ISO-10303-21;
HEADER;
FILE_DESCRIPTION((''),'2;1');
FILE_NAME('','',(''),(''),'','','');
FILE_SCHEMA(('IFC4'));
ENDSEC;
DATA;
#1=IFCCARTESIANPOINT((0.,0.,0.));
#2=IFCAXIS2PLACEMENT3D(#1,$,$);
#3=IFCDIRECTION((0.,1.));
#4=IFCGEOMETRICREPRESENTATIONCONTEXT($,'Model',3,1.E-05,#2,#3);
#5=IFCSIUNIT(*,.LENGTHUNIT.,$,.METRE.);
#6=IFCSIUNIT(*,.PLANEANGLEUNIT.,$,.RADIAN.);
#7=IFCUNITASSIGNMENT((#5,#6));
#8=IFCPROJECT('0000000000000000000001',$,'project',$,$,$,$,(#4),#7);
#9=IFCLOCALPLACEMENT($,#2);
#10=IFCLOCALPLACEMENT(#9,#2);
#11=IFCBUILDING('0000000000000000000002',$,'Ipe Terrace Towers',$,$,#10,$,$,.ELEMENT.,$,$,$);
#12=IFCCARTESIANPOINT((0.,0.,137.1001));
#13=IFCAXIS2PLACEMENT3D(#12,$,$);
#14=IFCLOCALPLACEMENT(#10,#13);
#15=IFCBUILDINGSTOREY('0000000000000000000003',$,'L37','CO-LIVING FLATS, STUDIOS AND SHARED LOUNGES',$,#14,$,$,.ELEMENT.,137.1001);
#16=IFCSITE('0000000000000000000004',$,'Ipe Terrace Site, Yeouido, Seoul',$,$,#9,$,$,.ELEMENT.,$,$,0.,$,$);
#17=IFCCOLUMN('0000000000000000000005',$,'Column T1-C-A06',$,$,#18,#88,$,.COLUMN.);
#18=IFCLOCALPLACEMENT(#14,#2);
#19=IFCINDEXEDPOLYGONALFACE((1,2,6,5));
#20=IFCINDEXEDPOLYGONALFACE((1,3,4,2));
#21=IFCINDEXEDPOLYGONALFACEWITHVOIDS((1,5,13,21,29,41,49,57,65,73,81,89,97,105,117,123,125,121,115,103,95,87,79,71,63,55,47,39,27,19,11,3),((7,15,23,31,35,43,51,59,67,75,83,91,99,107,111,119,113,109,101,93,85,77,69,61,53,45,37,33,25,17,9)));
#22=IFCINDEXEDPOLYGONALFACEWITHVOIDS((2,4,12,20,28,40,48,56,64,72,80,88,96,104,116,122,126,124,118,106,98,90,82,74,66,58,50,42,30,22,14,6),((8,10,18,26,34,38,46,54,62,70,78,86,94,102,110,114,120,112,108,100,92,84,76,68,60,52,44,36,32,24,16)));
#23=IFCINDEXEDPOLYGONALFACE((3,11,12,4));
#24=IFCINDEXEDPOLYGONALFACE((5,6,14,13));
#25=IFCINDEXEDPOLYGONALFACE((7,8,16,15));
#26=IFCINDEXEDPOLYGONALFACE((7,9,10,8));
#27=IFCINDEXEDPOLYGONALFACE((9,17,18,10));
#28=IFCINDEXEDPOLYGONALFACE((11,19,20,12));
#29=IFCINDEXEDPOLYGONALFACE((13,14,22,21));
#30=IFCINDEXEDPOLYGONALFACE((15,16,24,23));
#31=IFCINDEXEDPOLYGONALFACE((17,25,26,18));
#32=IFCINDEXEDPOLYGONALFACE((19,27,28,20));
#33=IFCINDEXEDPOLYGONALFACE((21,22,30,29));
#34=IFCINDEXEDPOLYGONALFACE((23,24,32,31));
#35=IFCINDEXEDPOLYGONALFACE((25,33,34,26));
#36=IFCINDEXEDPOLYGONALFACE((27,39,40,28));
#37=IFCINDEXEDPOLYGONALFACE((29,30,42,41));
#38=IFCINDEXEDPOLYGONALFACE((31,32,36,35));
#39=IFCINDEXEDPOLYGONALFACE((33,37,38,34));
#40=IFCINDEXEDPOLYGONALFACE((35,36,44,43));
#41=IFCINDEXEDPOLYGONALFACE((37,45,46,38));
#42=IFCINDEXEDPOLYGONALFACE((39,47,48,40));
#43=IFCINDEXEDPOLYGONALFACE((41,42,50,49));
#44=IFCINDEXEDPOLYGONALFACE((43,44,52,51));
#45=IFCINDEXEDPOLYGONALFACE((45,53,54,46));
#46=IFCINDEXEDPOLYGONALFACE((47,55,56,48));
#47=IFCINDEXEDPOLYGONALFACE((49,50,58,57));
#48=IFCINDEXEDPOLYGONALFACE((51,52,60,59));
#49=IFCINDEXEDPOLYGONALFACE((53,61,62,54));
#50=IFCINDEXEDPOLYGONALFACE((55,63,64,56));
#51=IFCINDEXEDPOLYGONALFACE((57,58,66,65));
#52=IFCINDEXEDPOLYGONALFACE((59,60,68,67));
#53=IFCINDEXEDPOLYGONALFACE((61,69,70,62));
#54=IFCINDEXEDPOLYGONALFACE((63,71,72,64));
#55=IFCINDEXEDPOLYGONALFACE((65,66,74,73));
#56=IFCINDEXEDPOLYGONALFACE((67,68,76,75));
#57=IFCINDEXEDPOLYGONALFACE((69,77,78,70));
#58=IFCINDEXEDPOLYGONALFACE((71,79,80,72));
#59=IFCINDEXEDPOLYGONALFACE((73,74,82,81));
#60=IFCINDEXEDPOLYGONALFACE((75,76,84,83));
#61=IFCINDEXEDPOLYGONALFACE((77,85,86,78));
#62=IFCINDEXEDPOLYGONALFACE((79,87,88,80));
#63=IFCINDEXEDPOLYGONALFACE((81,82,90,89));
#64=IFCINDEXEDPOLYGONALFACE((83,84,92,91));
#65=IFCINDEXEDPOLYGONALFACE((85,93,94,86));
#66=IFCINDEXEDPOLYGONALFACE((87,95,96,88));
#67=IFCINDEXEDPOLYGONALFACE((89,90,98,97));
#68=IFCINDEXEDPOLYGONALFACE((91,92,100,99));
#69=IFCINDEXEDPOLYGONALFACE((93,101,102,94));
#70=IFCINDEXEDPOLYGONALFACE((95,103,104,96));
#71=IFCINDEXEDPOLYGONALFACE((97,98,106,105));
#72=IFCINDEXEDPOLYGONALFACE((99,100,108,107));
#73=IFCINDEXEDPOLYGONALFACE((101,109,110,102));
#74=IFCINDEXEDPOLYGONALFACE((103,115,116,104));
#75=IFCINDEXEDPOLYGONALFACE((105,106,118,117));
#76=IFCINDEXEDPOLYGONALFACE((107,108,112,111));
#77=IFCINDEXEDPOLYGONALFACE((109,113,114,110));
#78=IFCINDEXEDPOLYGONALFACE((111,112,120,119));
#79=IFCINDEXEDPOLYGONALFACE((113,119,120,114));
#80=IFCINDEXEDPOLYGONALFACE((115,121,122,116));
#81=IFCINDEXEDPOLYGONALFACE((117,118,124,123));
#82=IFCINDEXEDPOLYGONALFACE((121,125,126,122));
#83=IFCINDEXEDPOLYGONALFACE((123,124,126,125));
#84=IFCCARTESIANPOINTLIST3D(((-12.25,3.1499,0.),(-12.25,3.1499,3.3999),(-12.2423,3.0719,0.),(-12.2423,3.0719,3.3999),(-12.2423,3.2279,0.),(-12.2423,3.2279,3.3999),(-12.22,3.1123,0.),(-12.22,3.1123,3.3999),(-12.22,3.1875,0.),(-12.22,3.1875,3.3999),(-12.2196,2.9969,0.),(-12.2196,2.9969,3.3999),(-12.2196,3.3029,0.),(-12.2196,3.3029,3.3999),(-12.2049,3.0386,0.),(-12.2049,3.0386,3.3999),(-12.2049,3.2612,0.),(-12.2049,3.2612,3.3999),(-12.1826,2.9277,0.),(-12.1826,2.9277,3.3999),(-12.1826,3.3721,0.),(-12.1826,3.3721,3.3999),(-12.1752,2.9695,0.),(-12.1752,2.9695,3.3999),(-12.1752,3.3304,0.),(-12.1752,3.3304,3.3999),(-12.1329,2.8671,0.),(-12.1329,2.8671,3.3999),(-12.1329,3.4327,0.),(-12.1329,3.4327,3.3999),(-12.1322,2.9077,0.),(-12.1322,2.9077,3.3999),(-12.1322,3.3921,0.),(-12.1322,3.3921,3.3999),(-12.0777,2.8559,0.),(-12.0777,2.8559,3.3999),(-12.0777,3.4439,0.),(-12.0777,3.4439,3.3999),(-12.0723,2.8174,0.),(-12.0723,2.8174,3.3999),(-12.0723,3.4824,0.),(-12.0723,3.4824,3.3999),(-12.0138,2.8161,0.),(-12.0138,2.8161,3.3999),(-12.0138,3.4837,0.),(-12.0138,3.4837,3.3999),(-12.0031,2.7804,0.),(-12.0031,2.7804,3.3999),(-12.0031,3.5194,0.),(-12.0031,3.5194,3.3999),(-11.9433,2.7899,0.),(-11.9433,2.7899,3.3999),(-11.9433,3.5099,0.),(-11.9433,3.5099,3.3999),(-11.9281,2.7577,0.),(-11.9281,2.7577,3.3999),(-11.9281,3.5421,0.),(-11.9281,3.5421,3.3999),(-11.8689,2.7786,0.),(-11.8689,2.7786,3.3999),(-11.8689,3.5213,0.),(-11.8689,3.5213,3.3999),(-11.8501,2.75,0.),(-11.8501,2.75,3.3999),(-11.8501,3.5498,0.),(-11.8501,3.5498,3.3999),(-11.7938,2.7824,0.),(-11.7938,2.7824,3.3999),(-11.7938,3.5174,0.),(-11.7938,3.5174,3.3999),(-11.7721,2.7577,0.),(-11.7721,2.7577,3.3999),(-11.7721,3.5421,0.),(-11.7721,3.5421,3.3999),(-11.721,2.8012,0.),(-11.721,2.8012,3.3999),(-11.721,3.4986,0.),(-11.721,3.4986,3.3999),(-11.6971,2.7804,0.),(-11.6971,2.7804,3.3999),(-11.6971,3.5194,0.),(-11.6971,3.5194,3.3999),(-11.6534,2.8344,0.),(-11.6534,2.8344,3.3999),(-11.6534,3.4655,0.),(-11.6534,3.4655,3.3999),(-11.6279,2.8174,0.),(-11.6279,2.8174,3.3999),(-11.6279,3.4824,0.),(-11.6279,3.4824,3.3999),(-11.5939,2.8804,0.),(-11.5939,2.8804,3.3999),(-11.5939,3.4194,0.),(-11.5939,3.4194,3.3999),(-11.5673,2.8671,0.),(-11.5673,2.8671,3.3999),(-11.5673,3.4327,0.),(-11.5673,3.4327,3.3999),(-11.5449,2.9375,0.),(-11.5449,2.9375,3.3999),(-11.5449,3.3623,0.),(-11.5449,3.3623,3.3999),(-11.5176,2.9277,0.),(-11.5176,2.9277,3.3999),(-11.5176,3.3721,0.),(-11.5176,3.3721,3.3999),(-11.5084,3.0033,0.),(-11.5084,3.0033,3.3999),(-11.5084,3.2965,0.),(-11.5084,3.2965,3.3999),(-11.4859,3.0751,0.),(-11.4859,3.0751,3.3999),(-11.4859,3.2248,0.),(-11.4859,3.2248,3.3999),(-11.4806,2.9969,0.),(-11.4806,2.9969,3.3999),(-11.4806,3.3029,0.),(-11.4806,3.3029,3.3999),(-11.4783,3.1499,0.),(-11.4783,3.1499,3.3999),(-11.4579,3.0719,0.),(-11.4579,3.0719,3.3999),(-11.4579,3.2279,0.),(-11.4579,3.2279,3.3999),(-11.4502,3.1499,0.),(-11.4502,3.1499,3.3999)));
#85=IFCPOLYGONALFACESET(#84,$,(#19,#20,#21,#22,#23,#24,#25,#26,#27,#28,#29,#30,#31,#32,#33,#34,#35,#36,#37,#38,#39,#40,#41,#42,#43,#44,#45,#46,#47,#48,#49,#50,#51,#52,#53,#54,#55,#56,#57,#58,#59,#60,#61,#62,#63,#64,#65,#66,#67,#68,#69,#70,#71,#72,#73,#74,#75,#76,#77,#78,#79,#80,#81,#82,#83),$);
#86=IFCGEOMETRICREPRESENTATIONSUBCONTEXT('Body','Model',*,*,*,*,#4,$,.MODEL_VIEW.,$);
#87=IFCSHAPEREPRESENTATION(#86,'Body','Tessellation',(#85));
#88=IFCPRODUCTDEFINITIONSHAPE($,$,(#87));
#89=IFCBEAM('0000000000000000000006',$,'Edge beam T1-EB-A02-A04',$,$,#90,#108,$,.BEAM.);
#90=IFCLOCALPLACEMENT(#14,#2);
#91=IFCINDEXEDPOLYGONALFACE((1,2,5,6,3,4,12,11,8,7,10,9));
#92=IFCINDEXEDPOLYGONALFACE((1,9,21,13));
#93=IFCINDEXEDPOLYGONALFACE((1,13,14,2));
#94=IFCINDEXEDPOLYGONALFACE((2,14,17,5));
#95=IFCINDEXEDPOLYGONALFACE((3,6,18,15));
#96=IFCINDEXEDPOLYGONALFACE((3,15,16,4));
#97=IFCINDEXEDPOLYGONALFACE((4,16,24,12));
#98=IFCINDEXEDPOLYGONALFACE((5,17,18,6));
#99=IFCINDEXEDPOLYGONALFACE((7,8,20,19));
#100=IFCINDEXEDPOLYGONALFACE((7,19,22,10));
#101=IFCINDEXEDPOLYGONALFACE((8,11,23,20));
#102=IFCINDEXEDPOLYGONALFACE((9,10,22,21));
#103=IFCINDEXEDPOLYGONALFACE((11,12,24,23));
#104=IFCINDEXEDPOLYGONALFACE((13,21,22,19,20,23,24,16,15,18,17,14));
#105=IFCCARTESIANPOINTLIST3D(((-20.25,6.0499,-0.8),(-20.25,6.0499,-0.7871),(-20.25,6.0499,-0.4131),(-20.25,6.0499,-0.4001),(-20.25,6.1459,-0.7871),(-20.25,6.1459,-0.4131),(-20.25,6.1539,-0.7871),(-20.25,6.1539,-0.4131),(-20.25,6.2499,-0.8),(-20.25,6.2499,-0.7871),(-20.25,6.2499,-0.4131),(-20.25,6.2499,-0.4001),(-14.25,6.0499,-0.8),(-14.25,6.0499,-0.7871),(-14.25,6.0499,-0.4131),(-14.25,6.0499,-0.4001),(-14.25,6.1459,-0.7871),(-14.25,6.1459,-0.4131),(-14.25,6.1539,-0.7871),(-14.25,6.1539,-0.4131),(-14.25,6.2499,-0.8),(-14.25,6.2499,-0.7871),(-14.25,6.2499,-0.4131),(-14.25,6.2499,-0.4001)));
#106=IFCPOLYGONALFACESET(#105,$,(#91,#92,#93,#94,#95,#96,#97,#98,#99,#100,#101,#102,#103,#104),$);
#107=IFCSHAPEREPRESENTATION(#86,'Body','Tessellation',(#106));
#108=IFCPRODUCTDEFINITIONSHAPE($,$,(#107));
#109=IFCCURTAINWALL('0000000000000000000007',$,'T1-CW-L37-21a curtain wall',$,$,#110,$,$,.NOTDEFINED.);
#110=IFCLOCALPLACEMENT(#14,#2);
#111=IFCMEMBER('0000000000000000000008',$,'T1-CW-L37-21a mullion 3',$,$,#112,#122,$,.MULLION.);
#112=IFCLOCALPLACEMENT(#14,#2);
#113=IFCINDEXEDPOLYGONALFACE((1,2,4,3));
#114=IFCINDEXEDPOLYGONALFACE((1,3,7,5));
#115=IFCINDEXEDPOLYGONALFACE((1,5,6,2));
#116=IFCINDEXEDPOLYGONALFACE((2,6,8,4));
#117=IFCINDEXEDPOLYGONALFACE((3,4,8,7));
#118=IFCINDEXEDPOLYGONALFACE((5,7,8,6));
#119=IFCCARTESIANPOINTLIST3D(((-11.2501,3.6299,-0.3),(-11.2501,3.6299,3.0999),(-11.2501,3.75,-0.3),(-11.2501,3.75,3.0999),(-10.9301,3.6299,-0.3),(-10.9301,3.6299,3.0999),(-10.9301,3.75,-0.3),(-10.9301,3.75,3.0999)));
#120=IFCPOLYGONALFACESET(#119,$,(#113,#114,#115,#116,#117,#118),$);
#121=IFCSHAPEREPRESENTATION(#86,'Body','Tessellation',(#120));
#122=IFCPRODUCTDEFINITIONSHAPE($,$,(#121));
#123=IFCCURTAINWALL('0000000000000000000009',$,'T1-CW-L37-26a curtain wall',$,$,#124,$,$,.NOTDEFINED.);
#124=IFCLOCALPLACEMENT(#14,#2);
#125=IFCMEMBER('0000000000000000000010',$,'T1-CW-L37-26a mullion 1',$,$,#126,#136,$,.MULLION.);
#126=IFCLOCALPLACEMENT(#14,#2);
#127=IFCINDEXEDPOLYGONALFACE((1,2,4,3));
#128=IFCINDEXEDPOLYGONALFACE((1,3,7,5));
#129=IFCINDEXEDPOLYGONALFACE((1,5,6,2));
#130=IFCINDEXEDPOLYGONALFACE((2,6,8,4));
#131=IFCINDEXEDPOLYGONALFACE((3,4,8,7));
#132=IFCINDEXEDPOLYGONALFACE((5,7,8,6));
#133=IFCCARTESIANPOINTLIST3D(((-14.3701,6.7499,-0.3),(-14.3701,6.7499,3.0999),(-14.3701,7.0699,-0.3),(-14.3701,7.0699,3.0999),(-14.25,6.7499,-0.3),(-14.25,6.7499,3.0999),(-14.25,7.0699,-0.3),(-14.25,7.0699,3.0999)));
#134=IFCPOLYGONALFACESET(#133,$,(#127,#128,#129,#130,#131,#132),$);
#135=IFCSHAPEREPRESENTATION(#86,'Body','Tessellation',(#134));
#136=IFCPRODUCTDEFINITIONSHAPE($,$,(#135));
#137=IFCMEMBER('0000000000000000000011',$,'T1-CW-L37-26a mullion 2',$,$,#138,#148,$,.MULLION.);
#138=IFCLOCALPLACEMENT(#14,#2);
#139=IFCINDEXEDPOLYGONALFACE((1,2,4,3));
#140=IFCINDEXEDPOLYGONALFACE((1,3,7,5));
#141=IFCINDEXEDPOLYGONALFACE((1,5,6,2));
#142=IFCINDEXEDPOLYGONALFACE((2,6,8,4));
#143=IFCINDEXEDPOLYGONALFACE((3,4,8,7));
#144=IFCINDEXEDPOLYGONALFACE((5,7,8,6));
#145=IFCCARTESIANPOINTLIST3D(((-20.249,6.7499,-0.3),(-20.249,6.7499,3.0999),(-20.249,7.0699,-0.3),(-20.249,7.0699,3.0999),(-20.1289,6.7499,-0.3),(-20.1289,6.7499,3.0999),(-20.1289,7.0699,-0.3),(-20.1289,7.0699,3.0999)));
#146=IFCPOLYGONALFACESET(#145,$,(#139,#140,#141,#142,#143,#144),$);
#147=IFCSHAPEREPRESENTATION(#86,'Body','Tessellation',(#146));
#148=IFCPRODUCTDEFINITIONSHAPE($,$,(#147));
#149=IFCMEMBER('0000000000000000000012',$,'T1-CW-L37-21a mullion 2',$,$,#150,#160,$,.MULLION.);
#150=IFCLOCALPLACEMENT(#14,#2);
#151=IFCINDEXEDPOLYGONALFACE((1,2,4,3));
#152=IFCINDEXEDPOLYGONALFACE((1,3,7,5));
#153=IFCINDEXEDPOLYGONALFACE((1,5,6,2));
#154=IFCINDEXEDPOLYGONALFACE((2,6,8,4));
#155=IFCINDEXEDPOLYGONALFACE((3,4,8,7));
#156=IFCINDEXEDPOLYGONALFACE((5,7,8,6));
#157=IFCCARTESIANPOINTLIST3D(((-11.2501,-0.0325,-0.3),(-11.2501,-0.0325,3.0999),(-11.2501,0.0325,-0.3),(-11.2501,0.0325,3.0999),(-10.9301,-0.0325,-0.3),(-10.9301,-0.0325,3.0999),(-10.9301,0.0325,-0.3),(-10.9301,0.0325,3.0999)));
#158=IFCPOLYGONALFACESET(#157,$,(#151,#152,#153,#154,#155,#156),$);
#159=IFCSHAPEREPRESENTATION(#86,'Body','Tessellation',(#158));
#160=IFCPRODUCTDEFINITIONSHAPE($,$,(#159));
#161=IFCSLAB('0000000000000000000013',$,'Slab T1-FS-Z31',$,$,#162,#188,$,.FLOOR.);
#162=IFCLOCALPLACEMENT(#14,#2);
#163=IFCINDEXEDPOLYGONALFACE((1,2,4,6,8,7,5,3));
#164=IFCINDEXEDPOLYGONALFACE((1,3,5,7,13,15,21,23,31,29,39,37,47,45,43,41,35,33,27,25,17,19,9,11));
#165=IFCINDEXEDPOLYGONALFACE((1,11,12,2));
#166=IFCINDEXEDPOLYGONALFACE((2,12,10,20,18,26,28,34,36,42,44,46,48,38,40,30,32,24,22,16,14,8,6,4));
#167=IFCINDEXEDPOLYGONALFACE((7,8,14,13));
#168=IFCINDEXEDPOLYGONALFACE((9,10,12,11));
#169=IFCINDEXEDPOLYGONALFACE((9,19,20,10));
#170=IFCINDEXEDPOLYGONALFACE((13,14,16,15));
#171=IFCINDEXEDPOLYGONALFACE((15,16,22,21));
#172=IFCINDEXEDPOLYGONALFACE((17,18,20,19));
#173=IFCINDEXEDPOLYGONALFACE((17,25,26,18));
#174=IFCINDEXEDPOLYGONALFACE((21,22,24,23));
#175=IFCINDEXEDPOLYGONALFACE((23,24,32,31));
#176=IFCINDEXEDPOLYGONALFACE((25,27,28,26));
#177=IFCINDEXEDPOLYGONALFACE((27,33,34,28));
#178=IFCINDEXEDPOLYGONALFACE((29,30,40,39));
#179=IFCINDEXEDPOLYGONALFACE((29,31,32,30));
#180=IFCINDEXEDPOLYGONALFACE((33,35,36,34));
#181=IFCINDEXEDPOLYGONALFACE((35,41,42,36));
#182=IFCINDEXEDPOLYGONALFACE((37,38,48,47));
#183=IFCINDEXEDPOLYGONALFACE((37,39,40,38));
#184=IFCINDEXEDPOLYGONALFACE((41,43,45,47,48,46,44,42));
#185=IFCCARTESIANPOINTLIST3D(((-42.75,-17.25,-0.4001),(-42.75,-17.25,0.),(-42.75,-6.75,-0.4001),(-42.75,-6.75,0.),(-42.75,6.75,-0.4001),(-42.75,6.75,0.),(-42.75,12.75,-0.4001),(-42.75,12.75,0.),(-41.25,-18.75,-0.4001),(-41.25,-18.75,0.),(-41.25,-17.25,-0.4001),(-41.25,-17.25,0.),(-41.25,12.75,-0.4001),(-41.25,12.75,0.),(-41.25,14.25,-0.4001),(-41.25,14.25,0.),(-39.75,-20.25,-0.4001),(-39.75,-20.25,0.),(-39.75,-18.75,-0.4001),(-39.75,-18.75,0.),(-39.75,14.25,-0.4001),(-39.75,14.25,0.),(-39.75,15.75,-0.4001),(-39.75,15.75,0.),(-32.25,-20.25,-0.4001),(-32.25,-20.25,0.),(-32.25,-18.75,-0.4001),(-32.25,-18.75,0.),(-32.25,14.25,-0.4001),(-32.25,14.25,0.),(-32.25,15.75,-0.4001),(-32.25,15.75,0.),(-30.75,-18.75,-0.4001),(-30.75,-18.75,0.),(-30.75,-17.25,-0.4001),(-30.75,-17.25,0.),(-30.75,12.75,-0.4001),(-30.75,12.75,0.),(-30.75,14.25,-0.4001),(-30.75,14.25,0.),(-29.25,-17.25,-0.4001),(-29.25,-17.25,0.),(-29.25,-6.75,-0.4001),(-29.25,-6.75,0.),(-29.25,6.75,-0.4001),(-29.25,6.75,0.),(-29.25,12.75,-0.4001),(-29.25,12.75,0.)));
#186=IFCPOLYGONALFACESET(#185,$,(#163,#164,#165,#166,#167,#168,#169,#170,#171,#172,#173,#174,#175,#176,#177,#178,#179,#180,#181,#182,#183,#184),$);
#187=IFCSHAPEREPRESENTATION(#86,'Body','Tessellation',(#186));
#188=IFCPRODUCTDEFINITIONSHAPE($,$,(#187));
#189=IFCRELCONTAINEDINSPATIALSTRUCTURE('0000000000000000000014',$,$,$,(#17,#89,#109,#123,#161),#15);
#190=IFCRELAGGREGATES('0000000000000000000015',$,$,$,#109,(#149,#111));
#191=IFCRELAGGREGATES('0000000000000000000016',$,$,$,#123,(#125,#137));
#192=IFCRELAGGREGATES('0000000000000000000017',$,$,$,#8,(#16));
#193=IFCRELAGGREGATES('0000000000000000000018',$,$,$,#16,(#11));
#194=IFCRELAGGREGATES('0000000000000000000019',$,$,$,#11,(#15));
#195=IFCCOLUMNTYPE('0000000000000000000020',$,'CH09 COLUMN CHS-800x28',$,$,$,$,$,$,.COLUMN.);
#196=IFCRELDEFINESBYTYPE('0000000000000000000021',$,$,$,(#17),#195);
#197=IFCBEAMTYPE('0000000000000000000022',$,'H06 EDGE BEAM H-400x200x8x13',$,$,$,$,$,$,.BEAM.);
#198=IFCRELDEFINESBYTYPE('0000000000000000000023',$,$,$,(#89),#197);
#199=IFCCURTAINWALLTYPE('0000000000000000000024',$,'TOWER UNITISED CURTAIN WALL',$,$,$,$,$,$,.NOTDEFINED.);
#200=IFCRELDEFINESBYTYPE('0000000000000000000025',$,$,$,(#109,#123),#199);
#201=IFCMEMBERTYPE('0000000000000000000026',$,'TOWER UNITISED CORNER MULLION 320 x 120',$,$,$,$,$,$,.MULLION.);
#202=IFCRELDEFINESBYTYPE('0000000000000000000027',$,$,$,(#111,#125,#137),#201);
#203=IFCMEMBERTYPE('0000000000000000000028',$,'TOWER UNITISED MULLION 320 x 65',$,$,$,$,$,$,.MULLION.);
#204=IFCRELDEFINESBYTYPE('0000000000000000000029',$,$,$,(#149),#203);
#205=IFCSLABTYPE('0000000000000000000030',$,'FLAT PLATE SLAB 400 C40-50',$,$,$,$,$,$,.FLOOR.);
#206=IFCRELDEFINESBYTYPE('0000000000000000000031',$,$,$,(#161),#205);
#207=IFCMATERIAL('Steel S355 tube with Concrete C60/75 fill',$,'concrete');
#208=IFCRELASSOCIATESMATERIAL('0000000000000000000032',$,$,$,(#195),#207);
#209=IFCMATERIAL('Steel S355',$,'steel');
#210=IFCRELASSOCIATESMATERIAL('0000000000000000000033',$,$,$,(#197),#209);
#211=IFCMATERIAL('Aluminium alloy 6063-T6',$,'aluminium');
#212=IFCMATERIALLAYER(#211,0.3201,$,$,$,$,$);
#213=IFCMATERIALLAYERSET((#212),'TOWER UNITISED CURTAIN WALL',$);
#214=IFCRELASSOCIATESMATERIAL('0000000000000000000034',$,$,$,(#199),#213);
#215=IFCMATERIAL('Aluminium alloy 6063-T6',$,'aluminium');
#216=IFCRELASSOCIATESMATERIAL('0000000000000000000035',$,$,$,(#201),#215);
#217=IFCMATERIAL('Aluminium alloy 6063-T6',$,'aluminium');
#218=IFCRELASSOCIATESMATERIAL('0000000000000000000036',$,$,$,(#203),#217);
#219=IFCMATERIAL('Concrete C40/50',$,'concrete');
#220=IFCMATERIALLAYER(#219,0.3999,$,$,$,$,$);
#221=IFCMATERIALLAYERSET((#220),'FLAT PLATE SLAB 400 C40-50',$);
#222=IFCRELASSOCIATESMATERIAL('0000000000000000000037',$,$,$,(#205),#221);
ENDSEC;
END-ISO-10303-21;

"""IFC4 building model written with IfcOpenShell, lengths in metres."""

from ifc_helpers import new_model, si_unit, direction, frame, origin, origin_2d, place, context, subcontext, project, spatial, polyline, rectangle, hollow_circle, i_section, outline, extrude, material, layer, layer_set, material_profile, profile_set, type_object, element, aggregate, save


model = new_model("IFC4")

# Units and contexts
model_context = context("Model", 3, precision=1e-05, world=origin(), true_north=direction((0.0, 1.0)))
body_context = subcontext(model_context, "Body", "Model", "MODEL_VIEW")
ifc_project = project(units=[si_unit("LENGTHUNIT", "METRE"), si_unit("PLANEANGLEUNIT", "RADIAN")], contexts=[model_context])

# Site, building, storey
site_placement = place(None, origin())
site = spatial("IfcSite", under=ifc_project, at=site_placement, Name="Ipe Terrace Site, Yeouido, Seoul", CompositionType="ELEMENT", RefElevation=0.0)
building_placement = place(site_placement, origin())
building = spatial("IfcBuilding", under=site, at=building_placement, Name="Ipe Terrace Towers", CompositionType="ELEMENT")
storey_placement = place(building_placement, frame((0.0, 0.0, 137.1001)))
storey = spatial("IfcBuildingStorey", under=building, at=storey_placement, Name="L37", Description="CO-LIVING FLATS, STUDIOS AND SHARED LOUNGES", CompositionType="ELEMENT", Elevation=137.1001)

# Column
ifc_material_1 = material(Name="Steel S355 tube with Concrete C60/75 fill", Category="concrete")
ifc_material_profile_1 = material_profile(ifc_material_1, hollow_circle(Radius=0.3999, WallThickness=0.0281, at=origin_2d()), Name="CHS-800x28")
ifc_profile_set_1 = profile_set([ifc_material_profile_1], Name="Steel S355 tube with Concrete C60/75 fill")
column_type = type_object("IfcColumnType", Name="CH09 COLUMN CHS-800x28", PredefinedType="COLUMN", material=ifc_profile_set_1)
for number, where, z_axis, x_axis, name in (
    (1, (-11.8501, 3.1499, 0.0), (0.0, 0.0, 1.0), (1.0, 0.0, 0.0), "Column T1-C-A06"),
):
    element("IfcColumn", number, at=place(storey_placement, frame(where, z_axis=z_axis, x_axis=x_axis)), inside=storey, type_object=column_type, Name=name, PredefinedType="COLUMN", context=body_context, shape_type="SweptSolid", body=[
        extrude(hollow_circle(Radius=0.3999, WallThickness=0.0281, at=origin_2d()), origin(), (0.0, 0.0, 1.0), 3.3999),
    ])

# Beam
ifc_material_2 = material(Name="Steel S355", Category="steel")
ifc_material_profile_2 = material_profile(ifc_material_2, i_section(OverallWidth=0.2, OverallDepth=0.3999, WebThickness=0.0081, FlangeThickness=0.0129, at=origin_2d()), Name="H-400x200x8x13")
ifc_profile_set_2 = profile_set([ifc_material_profile_2], Name="Steel S355")
beam_type = type_object("IfcBeamType", Name="H06 EDGE BEAM H-400x200x8x13", PredefinedType="BEAM", material=ifc_profile_set_2)
beam_placement = place(storey_placement, frame((-20.25, 6.1499, -0.6001), z_axis=(1.0, 0.0, 0.0), x_axis=(0.0, 1.0, 0.0)))
element("IfcBeam", 2, at=beam_placement, inside=storey, type_object=beam_type, Name="Edge beam T1-EB-A02-A04", PredefinedType="BEAM", context=body_context, shape_type="SweptSolid", body=[
    extrude(i_section(OverallWidth=0.2, OverallDepth=0.3999, WebThickness=0.0081, FlangeThickness=0.0129, at=origin_2d()), origin(), (0.0, 0.0, 1.0), 6.0),
])

# Curtain wall, member
ifc_material_3 = material(Name="Aluminium alloy 6063-T6", Category="aluminium")
ifc_layer_1 = layer(ifc_material_3, 0.3201)
ifc_layer_set_1 = layer_set([ifc_layer_1], Name="TOWER UNITISED CURTAIN WALL")
curtain_wall_type = type_object("IfcCurtainWallType", Name="TOWER UNITISED CURTAIN WALL", PredefinedType="NOTDEFINED", material=ifc_layer_set_1)
curtain_wall_1_placement = place(storey_placement, origin())
curtain_wall_1 = element("IfcCurtainWall", 3, at=curtain_wall_1_placement, inside=storey, type_object=curtain_wall_type, Name="T1-CW-L37-21a curtain wall", PredefinedType="NOTDEFINED")
ifc_material_4 = material(Name="Aluminium alloy 6063-T6", Category="aluminium")
ifc_material_profile_3 = material_profile(ifc_material_4, rectangle(XDim=0.3201, YDim=0.1201, at=origin_2d()), Name="TOWER UNITISED CORNER MULLION 320 x 120")
ifc_profile_set_3 = profile_set([ifc_material_profile_3], Name="Aluminium alloy 6063-T6")
member_type_1 = type_object("IfcMemberType", Name="TOWER UNITISED CORNER MULLION 320 x 120", PredefinedType="MULLION", material=ifc_profile_set_3)
member_1_placement = place(storey_placement, frame((-11.0901, 3.6899, -0.3), z_axis=(0.0, 0.0, 1.0), x_axis=(1.0, 0.0, 0.0)))
member_1 = element("IfcMember", 4, at=member_1_placement, type_object=member_type_1, Name="T1-CW-L37-21a mullion 3", PredefinedType="MULLION", context=body_context, shape_type="SweptSolid", body=[
    extrude(rectangle(XDim=0.3201, YDim=0.1201, at=origin_2d()), origin(), (0.0, 0.0, 1.0), 3.3999),
])

# Curtain wall, members
curtain_wall_2_placement = place(storey_placement, origin())
curtain_wall_2 = element("IfcCurtainWall", 5, at=curtain_wall_2_placement, inside=storey, type_object=curtain_wall_type, Name="T1-CW-L37-26a curtain wall", PredefinedType="NOTDEFINED")
member_2_placement = place(storey_placement, frame((-14.3101, 6.9099, -0.3), z_axis=(0.0, 0.0, 1.0), x_axis=(0.0, 1.0, 0.0)))
member_2 = element("IfcMember", 6, at=member_2_placement, type_object=member_type_1, Name="T1-CW-L37-26a mullion 1", PredefinedType="MULLION", context=body_context, shape_type="SweptSolid", body=[
    extrude(rectangle(XDim=0.3201, YDim=0.1201, at=origin_2d()), origin(), (0.0, 0.0, 1.0), 3.3999),
])
member_3_placement = place(storey_placement, frame((-20.189, 6.9099, -0.3), z_axis=(0.0, 0.0, 1.0), x_axis=(0.0, 1.0, 0.0)))
member_3 = element("IfcMember", 7, at=member_3_placement, type_object=member_type_1, Name="T1-CW-L37-26a mullion 2", PredefinedType="MULLION", context=body_context, shape_type="SweptSolid", body=[
    extrude(rectangle(XDim=0.3201, YDim=0.1201, at=origin_2d()), origin(), (0.0, 0.0, 1.0), 3.3999),
])

# Member
ifc_material_5 = material(Name="Aluminium alloy 6063-T6", Category="aluminium")
ifc_material_profile_4 = material_profile(ifc_material_5, rectangle(XDim=0.3201, YDim=0.0649, at=origin_2d()), Name="TOWER UNITISED MULLION 320 x 65")
ifc_profile_set_4 = profile_set([ifc_material_profile_4], Name="Aluminium alloy 6063-T6")
member_type_2 = type_object("IfcMemberType", Name="TOWER UNITISED MULLION 320 x 65", PredefinedType="MULLION", material=ifc_profile_set_4)
member_4_placement = place(storey_placement, frame((-11.0901, 0.0, -0.3), z_axis=(0.0, 0.0, 1.0), x_axis=(1.0, 0.0, 0.0)))
member_4 = element("IfcMember", 8, at=member_4_placement, type_object=member_type_2, Name="T1-CW-L37-21a mullion 2", PredefinedType="MULLION", context=body_context, shape_type="SweptSolid", body=[
    extrude(rectangle(XDim=0.3201, YDim=0.0649, at=origin_2d()), origin(), (0.0, 0.0, 1.0), 3.3999),
])

# Slab
ifc_material_6 = material(Name="Concrete C40/50", Category="concrete")
ifc_layer_2 = layer(ifc_material_6, 0.3999)
ifc_layer_set_2 = layer_set([ifc_layer_2], Name="FLAT PLATE SLAB 400 C40-50")
slab_type = type_object("IfcSlabType", Name="FLAT PLATE SLAB 400 C40-50", PredefinedType="FLOOR", material=ifc_layer_set_2)
slab_1_placement = place(storey_placement, frame((0.0, 0.0, -0.4001)))
element("IfcSlab", 9, at=slab_1_placement, inside=storey, type_object=slab_type, Name="Slab T1-FS-Z31", PredefinedType="FLOOR", context=body_context, shape_type="SweptSolid", body=[
    extrude(outline(polyline([(-30.75, -17.25), (-30.75, -18.75), (-32.25, -18.75), (-32.25, -20.25), (-39.75, -20.25), (-39.75, -18.75), (-41.25, -18.75), (-41.25, -17.25), (-42.75, -17.25), (-42.75, -6.75), (-42.75, 6.75), (-42.75, 12.75), (-41.25, 12.75), (-41.25, 14.25), (-39.75, 14.25), (-39.75, 15.75), (-32.25, 15.75), (-32.25, 14.25), (-30.75, 14.25), (-30.75, 12.75), (-29.25, 12.75), (-29.25, 6.75), (-29.25, -6.75), (-29.25, -17.25), (-30.75, -17.25)])), origin(), (0.0, 0.0, 1.0), 0.4001),
])

aggregate(curtain_wall_1, [member_4, member_1])
aggregate(curtain_wall_2, [member_2, member_3])

save(model, "model.ifc")
